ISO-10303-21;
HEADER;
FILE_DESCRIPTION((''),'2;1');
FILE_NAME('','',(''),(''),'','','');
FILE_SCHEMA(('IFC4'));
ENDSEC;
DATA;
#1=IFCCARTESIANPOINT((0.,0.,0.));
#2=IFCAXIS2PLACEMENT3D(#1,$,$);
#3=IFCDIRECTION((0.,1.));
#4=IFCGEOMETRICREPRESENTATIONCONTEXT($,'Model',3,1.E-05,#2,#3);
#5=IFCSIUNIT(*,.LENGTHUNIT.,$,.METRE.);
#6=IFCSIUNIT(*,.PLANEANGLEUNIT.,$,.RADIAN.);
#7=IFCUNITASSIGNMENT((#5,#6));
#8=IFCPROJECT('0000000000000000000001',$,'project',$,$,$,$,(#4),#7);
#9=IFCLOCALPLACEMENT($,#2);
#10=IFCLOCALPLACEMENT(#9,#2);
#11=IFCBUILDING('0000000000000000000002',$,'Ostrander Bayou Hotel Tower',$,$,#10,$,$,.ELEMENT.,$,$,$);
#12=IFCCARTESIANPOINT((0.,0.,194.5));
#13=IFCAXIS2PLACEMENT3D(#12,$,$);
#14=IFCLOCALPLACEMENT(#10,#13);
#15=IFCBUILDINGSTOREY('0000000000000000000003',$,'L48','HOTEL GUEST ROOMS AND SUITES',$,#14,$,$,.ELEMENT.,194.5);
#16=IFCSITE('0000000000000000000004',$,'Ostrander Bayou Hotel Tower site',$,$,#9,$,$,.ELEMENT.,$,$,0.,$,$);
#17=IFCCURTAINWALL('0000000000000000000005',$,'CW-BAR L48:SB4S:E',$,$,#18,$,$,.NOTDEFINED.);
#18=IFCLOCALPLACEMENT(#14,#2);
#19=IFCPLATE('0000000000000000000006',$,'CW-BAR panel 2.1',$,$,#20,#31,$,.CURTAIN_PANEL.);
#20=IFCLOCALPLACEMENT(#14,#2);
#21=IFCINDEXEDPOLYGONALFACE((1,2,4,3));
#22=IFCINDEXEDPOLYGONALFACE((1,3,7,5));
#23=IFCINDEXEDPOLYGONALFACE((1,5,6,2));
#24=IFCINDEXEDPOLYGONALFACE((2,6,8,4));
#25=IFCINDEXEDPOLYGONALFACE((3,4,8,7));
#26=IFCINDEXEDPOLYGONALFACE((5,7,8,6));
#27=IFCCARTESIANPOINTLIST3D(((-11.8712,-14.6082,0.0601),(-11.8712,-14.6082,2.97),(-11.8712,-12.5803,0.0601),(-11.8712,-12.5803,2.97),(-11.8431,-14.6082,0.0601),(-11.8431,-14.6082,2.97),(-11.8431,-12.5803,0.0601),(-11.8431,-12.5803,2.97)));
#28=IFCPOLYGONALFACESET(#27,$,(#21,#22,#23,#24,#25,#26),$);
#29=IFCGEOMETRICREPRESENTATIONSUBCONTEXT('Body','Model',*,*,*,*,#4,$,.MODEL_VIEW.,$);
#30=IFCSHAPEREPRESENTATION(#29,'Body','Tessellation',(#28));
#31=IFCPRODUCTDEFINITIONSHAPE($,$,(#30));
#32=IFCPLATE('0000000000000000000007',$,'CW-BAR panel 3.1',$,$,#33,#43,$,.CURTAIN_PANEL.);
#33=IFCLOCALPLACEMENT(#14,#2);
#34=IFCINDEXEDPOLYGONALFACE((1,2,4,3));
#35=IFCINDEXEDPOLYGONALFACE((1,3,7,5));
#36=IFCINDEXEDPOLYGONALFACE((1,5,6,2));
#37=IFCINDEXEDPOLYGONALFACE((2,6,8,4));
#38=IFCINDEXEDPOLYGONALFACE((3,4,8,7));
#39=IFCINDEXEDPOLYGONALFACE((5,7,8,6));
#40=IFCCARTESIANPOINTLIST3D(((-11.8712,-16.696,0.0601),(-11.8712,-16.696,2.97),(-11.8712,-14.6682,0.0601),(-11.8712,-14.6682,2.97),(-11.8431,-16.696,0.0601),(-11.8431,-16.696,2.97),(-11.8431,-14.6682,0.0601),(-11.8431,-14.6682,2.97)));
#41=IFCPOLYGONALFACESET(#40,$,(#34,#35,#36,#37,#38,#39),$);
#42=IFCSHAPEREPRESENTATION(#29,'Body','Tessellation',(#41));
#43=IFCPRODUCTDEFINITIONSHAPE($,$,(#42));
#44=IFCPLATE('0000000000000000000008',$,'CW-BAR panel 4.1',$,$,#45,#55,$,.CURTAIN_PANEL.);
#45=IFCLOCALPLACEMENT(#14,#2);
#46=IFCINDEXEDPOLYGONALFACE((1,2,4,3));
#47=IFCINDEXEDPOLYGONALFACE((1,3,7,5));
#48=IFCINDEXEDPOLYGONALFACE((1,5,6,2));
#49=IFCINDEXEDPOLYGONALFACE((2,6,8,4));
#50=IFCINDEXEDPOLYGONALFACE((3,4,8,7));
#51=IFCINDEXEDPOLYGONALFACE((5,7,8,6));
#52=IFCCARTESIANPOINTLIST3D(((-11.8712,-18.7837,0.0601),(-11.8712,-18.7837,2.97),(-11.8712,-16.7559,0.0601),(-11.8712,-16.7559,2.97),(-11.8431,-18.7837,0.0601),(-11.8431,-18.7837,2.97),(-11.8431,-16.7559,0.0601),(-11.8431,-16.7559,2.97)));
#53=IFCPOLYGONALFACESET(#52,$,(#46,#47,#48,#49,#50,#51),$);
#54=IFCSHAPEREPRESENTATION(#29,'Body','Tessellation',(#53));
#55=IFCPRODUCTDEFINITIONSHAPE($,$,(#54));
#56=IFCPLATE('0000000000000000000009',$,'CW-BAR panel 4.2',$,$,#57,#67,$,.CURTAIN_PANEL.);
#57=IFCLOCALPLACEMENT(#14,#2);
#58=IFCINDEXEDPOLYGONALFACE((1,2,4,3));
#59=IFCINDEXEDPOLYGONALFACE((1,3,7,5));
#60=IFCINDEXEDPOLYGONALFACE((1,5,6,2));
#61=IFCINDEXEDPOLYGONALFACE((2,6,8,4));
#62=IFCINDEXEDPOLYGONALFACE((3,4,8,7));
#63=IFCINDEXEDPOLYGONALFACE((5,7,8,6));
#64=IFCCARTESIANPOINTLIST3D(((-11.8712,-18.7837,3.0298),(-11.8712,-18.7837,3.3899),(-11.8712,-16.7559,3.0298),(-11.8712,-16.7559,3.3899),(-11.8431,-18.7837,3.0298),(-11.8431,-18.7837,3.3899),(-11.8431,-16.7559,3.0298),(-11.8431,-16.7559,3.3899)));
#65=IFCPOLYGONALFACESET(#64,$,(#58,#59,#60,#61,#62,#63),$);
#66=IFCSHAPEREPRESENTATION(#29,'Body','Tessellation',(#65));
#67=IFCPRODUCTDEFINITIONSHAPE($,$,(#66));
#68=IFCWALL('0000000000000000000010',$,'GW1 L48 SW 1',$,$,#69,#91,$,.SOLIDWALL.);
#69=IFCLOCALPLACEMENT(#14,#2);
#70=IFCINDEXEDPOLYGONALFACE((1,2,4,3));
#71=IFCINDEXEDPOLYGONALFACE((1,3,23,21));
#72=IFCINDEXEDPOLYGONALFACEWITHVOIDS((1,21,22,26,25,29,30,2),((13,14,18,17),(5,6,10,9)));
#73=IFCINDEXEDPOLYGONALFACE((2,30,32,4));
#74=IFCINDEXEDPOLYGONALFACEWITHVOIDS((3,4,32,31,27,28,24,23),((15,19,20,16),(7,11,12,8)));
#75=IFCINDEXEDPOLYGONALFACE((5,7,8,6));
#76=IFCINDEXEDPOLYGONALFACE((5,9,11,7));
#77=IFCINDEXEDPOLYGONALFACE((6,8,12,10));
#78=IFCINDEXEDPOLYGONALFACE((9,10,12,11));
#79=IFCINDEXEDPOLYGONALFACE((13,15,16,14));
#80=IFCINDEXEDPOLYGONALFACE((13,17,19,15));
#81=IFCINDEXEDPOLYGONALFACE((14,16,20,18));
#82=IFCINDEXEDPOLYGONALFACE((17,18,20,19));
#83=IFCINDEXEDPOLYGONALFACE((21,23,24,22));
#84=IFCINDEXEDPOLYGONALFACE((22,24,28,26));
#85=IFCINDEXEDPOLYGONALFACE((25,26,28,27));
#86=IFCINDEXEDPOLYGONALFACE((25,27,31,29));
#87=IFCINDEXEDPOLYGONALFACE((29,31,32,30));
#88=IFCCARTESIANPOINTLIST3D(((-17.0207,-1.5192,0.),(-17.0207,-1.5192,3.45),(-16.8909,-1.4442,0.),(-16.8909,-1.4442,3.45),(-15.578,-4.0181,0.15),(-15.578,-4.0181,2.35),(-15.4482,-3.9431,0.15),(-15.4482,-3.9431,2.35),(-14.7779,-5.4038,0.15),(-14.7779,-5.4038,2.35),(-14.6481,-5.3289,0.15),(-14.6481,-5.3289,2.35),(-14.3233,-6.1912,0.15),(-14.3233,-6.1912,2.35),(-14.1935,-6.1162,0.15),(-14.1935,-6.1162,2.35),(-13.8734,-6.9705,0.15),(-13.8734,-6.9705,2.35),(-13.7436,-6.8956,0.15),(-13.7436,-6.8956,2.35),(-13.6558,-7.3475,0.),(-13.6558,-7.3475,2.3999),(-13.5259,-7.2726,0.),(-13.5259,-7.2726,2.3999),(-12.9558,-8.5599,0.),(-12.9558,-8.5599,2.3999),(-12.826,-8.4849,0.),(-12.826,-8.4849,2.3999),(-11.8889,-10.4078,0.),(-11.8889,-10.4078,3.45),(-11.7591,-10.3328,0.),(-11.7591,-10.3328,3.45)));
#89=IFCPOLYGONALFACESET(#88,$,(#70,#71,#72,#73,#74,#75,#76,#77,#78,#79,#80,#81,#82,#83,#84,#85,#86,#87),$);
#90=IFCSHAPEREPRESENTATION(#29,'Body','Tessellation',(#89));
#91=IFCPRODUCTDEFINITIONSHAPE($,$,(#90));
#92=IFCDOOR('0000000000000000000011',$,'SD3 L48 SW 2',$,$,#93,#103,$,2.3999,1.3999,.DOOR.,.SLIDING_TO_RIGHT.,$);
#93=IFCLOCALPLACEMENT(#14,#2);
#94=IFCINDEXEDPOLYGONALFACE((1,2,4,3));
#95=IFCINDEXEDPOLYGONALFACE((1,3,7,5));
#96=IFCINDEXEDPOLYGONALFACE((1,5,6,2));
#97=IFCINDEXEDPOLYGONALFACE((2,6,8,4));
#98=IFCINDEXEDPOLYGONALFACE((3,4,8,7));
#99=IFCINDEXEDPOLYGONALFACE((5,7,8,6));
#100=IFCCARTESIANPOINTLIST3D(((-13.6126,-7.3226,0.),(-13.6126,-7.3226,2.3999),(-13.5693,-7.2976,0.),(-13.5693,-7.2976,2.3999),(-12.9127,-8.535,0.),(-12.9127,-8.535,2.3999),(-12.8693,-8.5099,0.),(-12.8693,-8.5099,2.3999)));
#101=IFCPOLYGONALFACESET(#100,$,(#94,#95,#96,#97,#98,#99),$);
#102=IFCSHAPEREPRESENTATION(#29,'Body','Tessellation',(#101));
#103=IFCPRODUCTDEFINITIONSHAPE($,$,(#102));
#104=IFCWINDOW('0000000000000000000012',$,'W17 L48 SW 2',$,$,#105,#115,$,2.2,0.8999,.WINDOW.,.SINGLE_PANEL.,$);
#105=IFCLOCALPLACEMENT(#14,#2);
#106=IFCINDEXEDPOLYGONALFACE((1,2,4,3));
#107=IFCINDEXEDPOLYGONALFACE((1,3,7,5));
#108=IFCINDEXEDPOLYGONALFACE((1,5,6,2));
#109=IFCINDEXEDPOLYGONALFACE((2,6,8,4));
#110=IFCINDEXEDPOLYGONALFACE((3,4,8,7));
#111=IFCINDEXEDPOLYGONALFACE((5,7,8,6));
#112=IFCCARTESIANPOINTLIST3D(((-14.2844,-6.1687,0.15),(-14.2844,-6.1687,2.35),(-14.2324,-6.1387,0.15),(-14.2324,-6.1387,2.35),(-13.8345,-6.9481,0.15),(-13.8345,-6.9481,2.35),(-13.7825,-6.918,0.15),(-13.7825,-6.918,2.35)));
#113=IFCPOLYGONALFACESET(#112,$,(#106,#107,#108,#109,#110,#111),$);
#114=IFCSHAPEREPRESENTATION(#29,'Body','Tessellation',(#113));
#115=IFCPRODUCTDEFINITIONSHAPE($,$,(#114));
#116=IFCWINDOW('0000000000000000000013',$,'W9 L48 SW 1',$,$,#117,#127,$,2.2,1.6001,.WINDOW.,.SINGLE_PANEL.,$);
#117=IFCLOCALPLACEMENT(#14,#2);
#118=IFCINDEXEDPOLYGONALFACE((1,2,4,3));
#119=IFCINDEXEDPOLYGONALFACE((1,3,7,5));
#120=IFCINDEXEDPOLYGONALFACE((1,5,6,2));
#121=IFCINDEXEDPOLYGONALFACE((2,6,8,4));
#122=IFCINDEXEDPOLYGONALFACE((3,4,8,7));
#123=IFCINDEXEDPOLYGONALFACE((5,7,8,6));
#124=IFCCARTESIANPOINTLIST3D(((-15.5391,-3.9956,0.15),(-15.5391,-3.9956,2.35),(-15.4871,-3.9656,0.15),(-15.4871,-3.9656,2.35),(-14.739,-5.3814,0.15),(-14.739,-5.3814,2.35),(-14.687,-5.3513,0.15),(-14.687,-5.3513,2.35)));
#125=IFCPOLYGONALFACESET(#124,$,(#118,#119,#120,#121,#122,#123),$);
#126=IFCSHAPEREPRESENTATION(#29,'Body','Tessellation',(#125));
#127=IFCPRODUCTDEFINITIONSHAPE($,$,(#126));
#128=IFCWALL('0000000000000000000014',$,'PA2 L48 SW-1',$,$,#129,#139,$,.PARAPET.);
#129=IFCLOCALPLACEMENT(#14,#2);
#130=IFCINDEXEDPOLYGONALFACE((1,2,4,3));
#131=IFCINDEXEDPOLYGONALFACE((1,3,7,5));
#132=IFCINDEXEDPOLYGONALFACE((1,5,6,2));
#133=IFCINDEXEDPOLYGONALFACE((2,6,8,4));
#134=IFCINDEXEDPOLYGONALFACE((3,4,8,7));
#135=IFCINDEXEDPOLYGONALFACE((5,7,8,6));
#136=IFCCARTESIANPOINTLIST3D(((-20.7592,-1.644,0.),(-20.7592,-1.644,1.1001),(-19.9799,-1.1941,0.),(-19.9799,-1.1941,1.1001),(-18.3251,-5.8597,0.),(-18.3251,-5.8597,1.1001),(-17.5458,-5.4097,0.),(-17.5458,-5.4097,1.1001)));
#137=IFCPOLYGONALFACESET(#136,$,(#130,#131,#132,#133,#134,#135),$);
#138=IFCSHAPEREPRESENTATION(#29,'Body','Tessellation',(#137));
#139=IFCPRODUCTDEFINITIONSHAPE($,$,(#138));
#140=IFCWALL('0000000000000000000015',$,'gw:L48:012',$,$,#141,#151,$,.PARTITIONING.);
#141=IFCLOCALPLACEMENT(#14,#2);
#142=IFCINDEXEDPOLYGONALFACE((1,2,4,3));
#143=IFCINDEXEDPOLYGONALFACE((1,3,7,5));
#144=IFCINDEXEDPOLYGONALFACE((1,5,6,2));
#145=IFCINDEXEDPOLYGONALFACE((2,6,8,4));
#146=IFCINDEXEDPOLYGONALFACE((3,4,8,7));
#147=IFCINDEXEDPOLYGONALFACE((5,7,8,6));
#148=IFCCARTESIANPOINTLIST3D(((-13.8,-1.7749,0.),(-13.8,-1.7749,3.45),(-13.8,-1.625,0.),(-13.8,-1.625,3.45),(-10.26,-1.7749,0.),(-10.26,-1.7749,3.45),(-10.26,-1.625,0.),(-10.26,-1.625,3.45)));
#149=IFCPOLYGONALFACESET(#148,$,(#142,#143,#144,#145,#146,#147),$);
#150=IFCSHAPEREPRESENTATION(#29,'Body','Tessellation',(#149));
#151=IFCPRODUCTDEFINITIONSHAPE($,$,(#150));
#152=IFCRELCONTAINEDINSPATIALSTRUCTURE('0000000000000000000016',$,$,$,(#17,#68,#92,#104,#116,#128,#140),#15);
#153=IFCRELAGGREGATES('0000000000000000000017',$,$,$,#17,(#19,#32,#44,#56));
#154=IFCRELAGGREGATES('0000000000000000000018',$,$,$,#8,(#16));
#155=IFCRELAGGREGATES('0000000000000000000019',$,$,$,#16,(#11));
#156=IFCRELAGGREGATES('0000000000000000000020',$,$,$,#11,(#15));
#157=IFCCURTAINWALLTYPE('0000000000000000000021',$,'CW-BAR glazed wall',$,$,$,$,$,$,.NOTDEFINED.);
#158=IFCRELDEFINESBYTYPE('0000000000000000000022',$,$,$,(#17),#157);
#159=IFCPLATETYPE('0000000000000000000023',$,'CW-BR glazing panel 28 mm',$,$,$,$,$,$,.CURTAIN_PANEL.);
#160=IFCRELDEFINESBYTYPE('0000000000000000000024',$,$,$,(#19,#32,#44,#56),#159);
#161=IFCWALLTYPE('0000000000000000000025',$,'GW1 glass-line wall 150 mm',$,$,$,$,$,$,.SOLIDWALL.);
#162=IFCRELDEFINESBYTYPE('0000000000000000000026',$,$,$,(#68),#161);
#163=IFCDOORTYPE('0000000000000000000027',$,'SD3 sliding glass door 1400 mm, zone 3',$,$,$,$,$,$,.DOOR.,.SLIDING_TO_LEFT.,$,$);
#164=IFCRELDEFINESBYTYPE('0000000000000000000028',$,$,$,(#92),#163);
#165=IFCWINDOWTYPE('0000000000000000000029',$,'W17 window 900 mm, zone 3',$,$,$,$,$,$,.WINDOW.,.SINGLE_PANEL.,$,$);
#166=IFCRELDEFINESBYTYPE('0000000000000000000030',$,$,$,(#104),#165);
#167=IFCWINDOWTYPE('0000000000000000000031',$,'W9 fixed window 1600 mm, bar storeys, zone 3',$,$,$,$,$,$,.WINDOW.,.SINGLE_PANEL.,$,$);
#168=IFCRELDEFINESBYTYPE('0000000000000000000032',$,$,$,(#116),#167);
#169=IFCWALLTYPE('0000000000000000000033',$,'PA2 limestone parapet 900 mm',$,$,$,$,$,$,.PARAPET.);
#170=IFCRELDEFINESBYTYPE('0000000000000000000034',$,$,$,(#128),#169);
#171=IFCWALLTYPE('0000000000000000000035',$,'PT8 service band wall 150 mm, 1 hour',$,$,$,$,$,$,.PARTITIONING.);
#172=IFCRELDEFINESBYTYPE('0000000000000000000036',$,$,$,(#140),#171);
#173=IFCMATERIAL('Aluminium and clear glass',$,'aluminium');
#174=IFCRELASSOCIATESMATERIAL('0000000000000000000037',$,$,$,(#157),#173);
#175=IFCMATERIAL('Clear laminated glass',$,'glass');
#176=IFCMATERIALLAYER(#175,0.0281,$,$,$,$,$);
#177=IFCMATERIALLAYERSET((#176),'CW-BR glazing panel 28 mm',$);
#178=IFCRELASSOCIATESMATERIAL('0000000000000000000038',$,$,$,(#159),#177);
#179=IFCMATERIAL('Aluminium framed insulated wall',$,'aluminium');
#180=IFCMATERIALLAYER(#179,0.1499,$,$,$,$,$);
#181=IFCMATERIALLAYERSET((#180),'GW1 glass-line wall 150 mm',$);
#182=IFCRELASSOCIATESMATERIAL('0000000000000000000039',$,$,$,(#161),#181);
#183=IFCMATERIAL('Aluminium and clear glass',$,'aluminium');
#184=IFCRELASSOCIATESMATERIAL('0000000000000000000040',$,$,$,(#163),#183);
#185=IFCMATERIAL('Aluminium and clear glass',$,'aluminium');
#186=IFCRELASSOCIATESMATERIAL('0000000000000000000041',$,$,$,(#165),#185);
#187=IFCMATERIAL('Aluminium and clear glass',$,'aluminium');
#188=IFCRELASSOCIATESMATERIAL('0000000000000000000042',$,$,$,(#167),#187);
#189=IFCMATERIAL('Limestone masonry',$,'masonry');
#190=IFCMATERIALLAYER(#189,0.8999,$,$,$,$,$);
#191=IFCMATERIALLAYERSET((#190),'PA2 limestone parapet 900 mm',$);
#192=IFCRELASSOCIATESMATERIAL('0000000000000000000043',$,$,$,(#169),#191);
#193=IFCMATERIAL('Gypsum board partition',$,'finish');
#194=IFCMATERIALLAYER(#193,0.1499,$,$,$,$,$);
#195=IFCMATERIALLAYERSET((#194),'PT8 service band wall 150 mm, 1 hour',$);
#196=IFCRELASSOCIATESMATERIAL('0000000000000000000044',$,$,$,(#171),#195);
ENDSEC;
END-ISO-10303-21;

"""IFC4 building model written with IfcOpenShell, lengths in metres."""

from ifc_helpers import new_model, si_unit, direction, frame, frame_2d, origin, origin_2d, place, context, subcontext, project, spatial, rectangle, extrude, material, layer, layer_set, type_object, element, fill, aggregate, save


model = new_model("IFC4")

# Units and contexts
model_context = context("Model", 3, precision=1e-05, world=origin(), true_north=direction((0.0, 1.0)))
body_context = subcontext(model_context, "Body", "Model", "MODEL_VIEW")
ifc_project = project(units=[si_unit("LENGTHUNIT", "METRE"), si_unit("PLANEANGLEUNIT", "RADIAN")], contexts=[model_context])

# Site, building, storey
site_placement = place(None, origin())
site = spatial("IfcSite", under=ifc_project, at=site_placement, Name="Ostrander Bayou Hotel Tower site", CompositionType="ELEMENT", RefElevation=0.0)
building_placement = place(site_placement, origin())
building = spatial("IfcBuilding", under=site, at=building_placement, Name="Ostrander Bayou Hotel Tower", CompositionType="ELEMENT")
storey_placement = place(building_placement, frame((0.0, 0.0, 194.5)))
storey = spatial("IfcBuildingStorey", under=building, at=storey_placement, Name="L48", Description="HOTEL GUEST ROOMS AND SUITES", CompositionType="ELEMENT", Elevation=194.5)

# Curtain wall, plates
ifc_material_1 = material(Name="Aluminium and clear glass", Category="aluminium")
curtain_wall_type = type_object("IfcCurtainWallType", Name="CW-BAR glazed wall", PredefinedType="NOTDEFINED", material=ifc_material_1)
curtain_wall_placement = place(storey_placement, origin())
curtain_wall = element("IfcCurtainWall", 1, at=curtain_wall_placement, inside=storey, type_object=curtain_wall_type, Name="CW-BAR L48:SB4S:E", PredefinedType="NOTDEFINED")
ifc_material_2 = material(Name="Clear laminated glass", Category="glass")
ifc_layer_1 = layer(ifc_material_2, 0.0281)
ifc_layer_set_1 = layer_set([ifc_layer_1], Name="CW-BR glazing panel 28 mm")
plate_type = type_object("IfcPlateType", Name="CW-BR glazing panel 28 mm", PredefinedType="CURTAIN_PANEL", material=ifc_layer_set_1)
plate_1_placement = place(storey_placement, frame((-11.8572, -13.5942, 0.0601), z_axis=(0.0, 0.0, 1.0), x_axis=(0.0, -1.0, 0.0)))
plate_1 = element("IfcPlate", 2, at=plate_1_placement, type_object=plate_type, Name="CW-BAR panel 2.1", PredefinedType="CURTAIN_PANEL", context=body_context, shape_type="SweptSolid", body=[
    extrude(rectangle(XDim=2.0278, YDim=0.0281, at=origin_2d()), origin(), (0.0, 0.0, 1.0), 2.9099),
])
plate_2_placement = place(storey_placement, frame((-11.8572, -15.6821, 0.0601), z_axis=(0.0, 0.0, 1.0), x_axis=(0.0, -1.0, 0.0)))
plate_2 = element("IfcPlate", 3, at=plate_2_placement, type_object=plate_type, Name="CW-BAR panel 3.1", PredefinedType="CURTAIN_PANEL", context=body_context, shape_type="SweptSolid", body=[
    extrude(rectangle(XDim=2.0278, YDim=0.0281, at=origin_2d()), origin(), (0.0, 0.0, 1.0), 2.9099),
])
plate_3_placement = place(storey_placement, frame((-11.8572, -17.7698, 0.0601), z_axis=(0.0, 0.0, 1.0), x_axis=(0.0, -1.0, 0.0)))
plate_3 = element("IfcPlate", 4, at=plate_3_placement, type_object=plate_type, Name="CW-BAR panel 4.1", PredefinedType="CURTAIN_PANEL", context=body_context, shape_type="SweptSolid", body=[
    extrude(rectangle(XDim=2.0278, YDim=0.0281, at=origin_2d()), origin(), (0.0, 0.0, 1.0), 2.9099),
])
plate_4_placement = place(storey_placement, frame((-11.8572, -17.7698, 3.0298), z_axis=(0.0, 0.0, 1.0), x_axis=(0.0, -1.0, 0.0)))
plate_4 = element("IfcPlate", 5, at=plate_4_placement, type_object=plate_type, Name="CW-BAR panel 4.2", PredefinedType="CURTAIN_PANEL", context=body_context, shape_type="SweptSolid", body=[
    extrude(rectangle(XDim=2.0278, YDim=0.0281, at=origin_2d()), origin(), (0.0, 0.0, 1.0), 0.3601),
])
aggregate(curtain_wall, [plate_1, plate_2, plate_3, plate_4])

# Wall, openings, door, windows
ifc_material_3 = material(Name="Aluminium framed insulated wall", Category="aluminium")
ifc_layer_2 = layer(ifc_material_3, 0.1499)
ifc_layer_set_2 = layer_set([ifc_layer_2], Name="GW1 glass-line wall 150 mm")
wall_type_1 = type_object("IfcWallType", Name="GW1 glass-line wall 150 mm", PredefinedType="SOLIDWALL", material=ifc_layer_set_2)
wall_1_placement = place(storey_placement, frame((-16.9558, -1.4817, 0.0), z_axis=(0.0, 0.0, 1.0), x_axis=(0.499997, -0.866027, 0.0)))
wall_1 = element("IfcWall", 6, at=wall_1_placement, inside=storey, type_object=wall_type_1, Name="GW1 L48 SW 1", PredefinedType="SOLIDWALL", context=body_context, shape_type="SweptSolid", body=[
    extrude(rectangle(XDim=10.2637, YDim=0.1499, at=frame_2d((5.1318, 0.0))), origin(), (0.0, 0.0, 1.0), 3.45),
])
opening_1_placement = place(wall_1_placement, frame((2.8855, 0.0, 0.1499)))
opening_1 = element("IfcOpeningElement", 7, at=opening_1_placement, cuts=wall_1, PredefinedType="OPENING", context=body_context, shape_type="SweptSolid", body=[
    extrude(rectangle(XDim=1.6001, YDim=2.2, at=frame_2d((0.8, 1.1001))), frame((0.0, 0.075, 0.0), z_axis=(0.0, -1.0, 0.0), x_axis=(1.0, 0.0, 0.0)), (0.0, 0.0, 1.0), 0.1499),
])
opening_2_placement = place(wall_1_placement, frame((5.3948, 0.0, 0.1499)))
opening_2 = element("IfcOpeningElement", 8, at=opening_2_placement, cuts=wall_1, PredefinedType="OPENING", context=body_context, shape_type="SweptSolid", body=[
    extrude(rectangle(XDim=0.8999, YDim=2.2, at=frame_2d((0.45, 1.1001))), frame((0.0, 0.075, 0.0), z_axis=(0.0, -1.0, 0.0), x_axis=(1.0, 0.0, 0.0)), (0.0, 0.0, 1.0), 0.1499),
])
opening_3_placement = place(wall_1_placement, frame((6.73, 0.0, 0.0)))
opening_3 = element("IfcOpeningElement", 9, at=opening_3_placement, cuts=wall_1, PredefinedType="OPENING", context=body_context, shape_type="SweptSolid", body=[
    extrude(rectangle(XDim=1.3999, YDim=2.3999, at=frame_2d((0.7, 1.2))), frame((0.0, 0.075, 0.0), z_axis=(0.0, -1.0, 0.0), x_axis=(1.0, 0.0, 0.0)), (0.0, 0.0, 1.0), 0.1499),
])
ifc_material_4 = material(Name="Aluminium and clear glass", Category="aluminium")
door_type = type_object("IfcDoorType", Name="SD3 sliding glass door 1400 mm, zone 3", OperationType="SLIDING_TO_LEFT", PredefinedType="DOOR", material=ifc_material_4)
door_placement = place(opening_3_placement, origin())
door = element("IfcDoor", 10, at=door_placement, inside=storey, type_object=door_type, Name="SD3 L48 SW 2", OperationType="SLIDING_TO_RIGHT", OverallHeight=2.3999, OverallWidth=1.3999, PredefinedType="DOOR", context=body_context, shape_type="SweptSolid", body=[
    extrude(rectangle(XDim=1.3999, YDim=2.3999, at=frame_2d((0.7, 1.2))), frame((0.0, 0.0249, 0.0), z_axis=(0.0, -1.0, 0.0), x_axis=(1.0, 0.0, 0.0)), (0.0, 0.0, 1.0), 0.05),
])
fill(opening_3, door)
ifc_material_5 = material(Name="Aluminium and clear glass", Category="aluminium")
window_type_1 = type_object("IfcWindowType", Name="W17 window 900 mm, zone 3", PartitioningType="SINGLE_PANEL", PredefinedType="WINDOW", material=ifc_material_5)
window_1_placement = place(opening_2_placement, origin())
window_1 = element("IfcWindow", 11, at=window_1_placement, inside=storey, type_object=window_type_1, Name="W17 L48 SW 2", OverallHeight=2.2, OverallWidth=0.8999, PartitioningType="SINGLE_PANEL", PredefinedType="WINDOW", context=body_context, shape_type="SweptSolid", body=[
    extrude(rectangle(XDim=0.8999, YDim=2.2, at=frame_2d((0.45, 1.1001))), frame((0.0, 0.03, 0.0), z_axis=(0.0, -1.0, 0.0), x_axis=(1.0, 0.0, 0.0)), (0.0, 0.0, 1.0), 0.0601),
])
fill(opening_2, window_1)
ifc_material_6 = material(Name="Aluminium and clear glass", Category="aluminium")
window_type_2 = type_object("IfcWindowType", Name="W9 fixed window 1600 mm, bar storeys, zone 3", PartitioningType="SINGLE_PANEL", PredefinedType="WINDOW", material=ifc_material_6)
window_2_placement = place(opening_1_placement, origin())
window_2 = element("IfcWindow", 12, at=window_2_placement, inside=storey, type_object=window_type_2, Name="W9 L48 SW 1", OverallHeight=2.2, OverallWidth=1.6001, PartitioningType="SINGLE_PANEL", PredefinedType="WINDOW", context=body_context, shape_type="SweptSolid", body=[
    extrude(rectangle(XDim=1.6001, YDim=2.2, at=frame_2d((0.8, 1.1001))), frame((0.0, 0.03, 0.0), z_axis=(0.0, -1.0, 0.0), x_axis=(1.0, 0.0, 0.0)), (0.0, 0.0, 1.0), 0.0601),
])
fill(opening_1, window_2)

# Walls
ifc_material_7 = material(Name="Limestone masonry", Category="masonry")
ifc_layer_3 = layer(ifc_material_7, 0.8999)
ifc_layer_set_3 = layer_set([ifc_layer_3], Name="PA2 limestone parapet 900 mm")
wall_type_2 = type_object("IfcWallType", Name="PA2 limestone parapet 900 mm", PredefinedType="PARAPET", material=ifc_layer_set_3)
wall_2_placement = place(storey_placement, frame((-20.3696, -1.4189, 0.0), z_axis=(0.0, 0.0, 1.0), x_axis=(0.500034, -0.866006, 0.0)))
element("IfcWall", 13, at=wall_2_placement, inside=storey, type_object=wall_type_2, Name="PA2 L48 SW-1", PredefinedType="PARAPET", context=body_context, shape_type="SweptSolid", body=[
    extrude(rectangle(XDim=4.8679, YDim=0.8999, at=frame_2d((2.4341, 0.0))), origin(), (0.0, 0.0, 1.0), 1.1001),
])
ifc_material_8 = material(Name="Gypsum board partition", Category="finish")
ifc_layer_4 = layer(ifc_material_8, 0.1499)
ifc_layer_set_4 = layer_set([ifc_layer_4], Name="PT8 service band wall 150 mm, 1 hour")
wall_type_3 = type_object("IfcWallType", Name="PT8 service band wall 150 mm, 1 hour", PredefinedType="PARTITIONING", material=ifc_layer_set_4)
wall_3_placement = place(storey_placement, frame((-13.8, -1.7, 0.0), z_axis=(0.0, 0.0, 1.0), x_axis=(1.0, 0.0, 0.0)))
element("IfcWall", 14, at=wall_3_placement, inside=storey, type_object=wall_type_3, Name="gw:L48:012", PredefinedType="PARTITIONING", context=body_context, shape_type="SweptSolid", body=[
    extrude(rectangle(XDim=3.54, YDim=0.1499, at=frame_2d((1.77, 0.0))), origin(), (0.0, 0.0, 1.0), 3.45),
])

save(model, "model.ifc")
